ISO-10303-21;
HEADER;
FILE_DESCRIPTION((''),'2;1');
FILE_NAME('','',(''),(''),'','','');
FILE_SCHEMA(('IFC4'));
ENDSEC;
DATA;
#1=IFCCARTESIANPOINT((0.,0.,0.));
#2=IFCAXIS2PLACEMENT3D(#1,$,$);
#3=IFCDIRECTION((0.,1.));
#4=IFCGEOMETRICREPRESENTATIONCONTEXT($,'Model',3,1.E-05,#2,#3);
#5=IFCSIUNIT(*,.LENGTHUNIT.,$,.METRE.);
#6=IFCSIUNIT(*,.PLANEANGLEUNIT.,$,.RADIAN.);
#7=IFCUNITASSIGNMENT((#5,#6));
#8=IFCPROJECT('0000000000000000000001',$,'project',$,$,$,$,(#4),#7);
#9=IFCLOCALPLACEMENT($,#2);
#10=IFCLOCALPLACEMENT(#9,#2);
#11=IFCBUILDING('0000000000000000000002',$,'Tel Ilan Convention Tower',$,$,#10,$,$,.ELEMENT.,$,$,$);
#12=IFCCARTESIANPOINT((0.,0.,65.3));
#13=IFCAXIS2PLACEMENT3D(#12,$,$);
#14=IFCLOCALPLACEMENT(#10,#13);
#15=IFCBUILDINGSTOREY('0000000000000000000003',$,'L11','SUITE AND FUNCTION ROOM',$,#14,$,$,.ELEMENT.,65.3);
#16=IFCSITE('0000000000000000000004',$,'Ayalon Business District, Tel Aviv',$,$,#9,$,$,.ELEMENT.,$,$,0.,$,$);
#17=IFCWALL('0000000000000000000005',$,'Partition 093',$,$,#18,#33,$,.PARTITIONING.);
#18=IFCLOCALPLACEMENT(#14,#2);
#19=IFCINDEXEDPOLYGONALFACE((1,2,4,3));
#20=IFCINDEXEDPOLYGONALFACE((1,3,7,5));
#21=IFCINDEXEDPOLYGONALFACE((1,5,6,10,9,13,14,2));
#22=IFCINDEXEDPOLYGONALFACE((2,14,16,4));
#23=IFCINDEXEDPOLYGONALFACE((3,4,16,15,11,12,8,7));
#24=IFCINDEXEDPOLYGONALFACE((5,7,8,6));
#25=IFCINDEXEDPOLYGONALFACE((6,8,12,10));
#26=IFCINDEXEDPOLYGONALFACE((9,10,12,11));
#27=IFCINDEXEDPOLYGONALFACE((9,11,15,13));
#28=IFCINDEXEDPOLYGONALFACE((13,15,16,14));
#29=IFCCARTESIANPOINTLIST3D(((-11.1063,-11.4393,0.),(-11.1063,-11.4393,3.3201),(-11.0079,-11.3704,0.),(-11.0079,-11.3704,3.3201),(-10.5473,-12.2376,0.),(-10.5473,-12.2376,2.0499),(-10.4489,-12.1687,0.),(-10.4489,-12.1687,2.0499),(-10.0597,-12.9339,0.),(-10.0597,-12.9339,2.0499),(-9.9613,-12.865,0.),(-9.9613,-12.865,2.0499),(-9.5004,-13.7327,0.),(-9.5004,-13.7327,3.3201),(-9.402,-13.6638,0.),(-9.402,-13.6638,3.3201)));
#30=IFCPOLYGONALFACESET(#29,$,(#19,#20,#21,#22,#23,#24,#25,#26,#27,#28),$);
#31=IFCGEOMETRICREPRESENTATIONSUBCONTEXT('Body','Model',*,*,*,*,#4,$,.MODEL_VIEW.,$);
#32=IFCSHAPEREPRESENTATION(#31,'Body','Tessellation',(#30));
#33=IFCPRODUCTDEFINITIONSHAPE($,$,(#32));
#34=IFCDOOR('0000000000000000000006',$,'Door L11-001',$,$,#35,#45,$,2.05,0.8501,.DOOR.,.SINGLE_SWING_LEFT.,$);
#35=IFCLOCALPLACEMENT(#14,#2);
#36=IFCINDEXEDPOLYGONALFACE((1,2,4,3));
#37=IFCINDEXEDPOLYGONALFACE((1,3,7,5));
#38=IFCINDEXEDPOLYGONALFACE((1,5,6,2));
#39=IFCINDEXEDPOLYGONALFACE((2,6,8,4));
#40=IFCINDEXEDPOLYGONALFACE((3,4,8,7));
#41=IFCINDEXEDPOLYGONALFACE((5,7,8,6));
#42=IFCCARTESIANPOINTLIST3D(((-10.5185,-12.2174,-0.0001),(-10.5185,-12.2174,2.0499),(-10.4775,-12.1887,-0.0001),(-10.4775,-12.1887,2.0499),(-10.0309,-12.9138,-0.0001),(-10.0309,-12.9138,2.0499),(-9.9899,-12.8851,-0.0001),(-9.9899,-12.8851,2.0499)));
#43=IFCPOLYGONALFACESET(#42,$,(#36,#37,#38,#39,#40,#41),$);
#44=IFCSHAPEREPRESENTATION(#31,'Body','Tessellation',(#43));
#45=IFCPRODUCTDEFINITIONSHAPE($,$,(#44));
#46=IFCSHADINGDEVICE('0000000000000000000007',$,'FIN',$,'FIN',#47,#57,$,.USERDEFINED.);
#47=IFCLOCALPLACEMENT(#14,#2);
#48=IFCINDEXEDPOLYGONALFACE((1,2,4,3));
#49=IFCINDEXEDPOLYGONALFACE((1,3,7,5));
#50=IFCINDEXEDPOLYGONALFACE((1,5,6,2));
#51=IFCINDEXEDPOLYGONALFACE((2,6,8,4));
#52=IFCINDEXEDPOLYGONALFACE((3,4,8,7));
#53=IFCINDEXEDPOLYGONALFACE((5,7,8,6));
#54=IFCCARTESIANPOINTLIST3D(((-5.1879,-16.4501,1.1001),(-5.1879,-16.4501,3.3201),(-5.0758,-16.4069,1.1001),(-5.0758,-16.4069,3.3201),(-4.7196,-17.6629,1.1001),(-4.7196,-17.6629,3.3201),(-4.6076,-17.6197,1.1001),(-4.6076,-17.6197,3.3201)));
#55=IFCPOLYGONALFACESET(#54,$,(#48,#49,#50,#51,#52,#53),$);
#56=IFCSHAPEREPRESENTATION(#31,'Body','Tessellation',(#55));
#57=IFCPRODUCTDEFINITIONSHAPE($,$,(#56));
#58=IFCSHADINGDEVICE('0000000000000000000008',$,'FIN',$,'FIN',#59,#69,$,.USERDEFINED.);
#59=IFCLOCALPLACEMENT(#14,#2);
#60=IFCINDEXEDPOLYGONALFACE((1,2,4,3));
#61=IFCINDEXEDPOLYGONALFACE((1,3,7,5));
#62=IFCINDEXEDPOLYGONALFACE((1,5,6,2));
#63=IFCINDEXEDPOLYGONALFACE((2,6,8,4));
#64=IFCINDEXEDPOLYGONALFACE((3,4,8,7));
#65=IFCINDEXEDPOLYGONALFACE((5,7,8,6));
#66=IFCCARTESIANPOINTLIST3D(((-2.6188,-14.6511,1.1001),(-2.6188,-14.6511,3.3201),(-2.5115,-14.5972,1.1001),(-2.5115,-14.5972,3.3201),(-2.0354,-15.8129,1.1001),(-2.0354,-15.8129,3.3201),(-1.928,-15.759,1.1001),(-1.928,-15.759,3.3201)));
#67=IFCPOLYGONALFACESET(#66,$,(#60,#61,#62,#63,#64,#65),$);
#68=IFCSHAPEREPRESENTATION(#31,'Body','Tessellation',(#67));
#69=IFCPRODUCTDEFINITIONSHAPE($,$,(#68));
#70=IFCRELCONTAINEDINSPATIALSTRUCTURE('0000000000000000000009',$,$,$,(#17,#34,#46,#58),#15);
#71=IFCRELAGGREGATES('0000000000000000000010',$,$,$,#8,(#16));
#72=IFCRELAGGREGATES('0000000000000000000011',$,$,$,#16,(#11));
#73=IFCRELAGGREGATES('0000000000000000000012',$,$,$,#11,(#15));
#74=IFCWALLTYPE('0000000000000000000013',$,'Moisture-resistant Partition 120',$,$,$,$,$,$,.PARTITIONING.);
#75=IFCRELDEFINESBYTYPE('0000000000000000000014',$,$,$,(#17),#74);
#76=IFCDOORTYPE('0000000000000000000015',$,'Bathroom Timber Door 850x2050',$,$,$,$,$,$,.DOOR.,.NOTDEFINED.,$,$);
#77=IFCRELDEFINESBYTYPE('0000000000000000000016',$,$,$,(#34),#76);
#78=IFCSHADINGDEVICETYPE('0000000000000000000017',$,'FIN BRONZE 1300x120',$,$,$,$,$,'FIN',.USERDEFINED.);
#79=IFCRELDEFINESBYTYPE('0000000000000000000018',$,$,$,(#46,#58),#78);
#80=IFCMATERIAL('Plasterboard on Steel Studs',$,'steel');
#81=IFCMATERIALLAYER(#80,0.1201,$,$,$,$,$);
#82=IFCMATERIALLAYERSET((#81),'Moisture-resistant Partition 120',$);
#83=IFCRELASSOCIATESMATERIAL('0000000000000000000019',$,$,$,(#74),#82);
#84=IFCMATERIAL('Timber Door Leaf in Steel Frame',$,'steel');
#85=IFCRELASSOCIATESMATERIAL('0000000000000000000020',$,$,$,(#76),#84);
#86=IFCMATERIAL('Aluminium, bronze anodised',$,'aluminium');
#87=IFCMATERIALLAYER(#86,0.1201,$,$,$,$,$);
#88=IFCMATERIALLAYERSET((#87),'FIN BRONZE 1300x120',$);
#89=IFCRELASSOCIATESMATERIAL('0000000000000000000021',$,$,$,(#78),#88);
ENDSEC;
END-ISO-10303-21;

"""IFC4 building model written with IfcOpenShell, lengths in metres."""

from ifc_helpers import new_model, si_unit, direction, frame, frame_2d, origin, origin_2d, place, context, subcontext, project, spatial, rectangle, extrude, material, layer, layer_set, type_object, element, fill, save


model = new_model("IFC4")

# Units and contexts
model_context = context("Model", 3, precision=1e-05, world=origin(), true_north=direction((0.0, 1.0)))
body_context = subcontext(model_context, "Body", "Model", "MODEL_VIEW")
ifc_project = project(units=[si_unit("LENGTHUNIT", "METRE"), si_unit("PLANEANGLEUNIT", "RADIAN")], contexts=[model_context])

# Site, building, storey
site_placement = place(None, origin())
site = spatial("IfcSite", under=ifc_project, at=site_placement, Name="Ayalon Business District, Tel Aviv", CompositionType="ELEMENT", RefElevation=0.0)
building_placement = place(site_placement, origin())
building = spatial("IfcBuilding", under=site, at=building_placement, Name="Tel Ilan Convention Tower", CompositionType="ELEMENT")
storey_placement = place(building_placement, frame((0.0, 0.0, 65.3)))
storey = spatial("IfcBuildingStorey", under=building, at=storey_placement, Name="L11", Description="SUITE AND FUNCTION ROOM", CompositionType="ELEMENT", Elevation=65.3)

# Shared definitions
ifc_material_1 = material(Name="Plasterboard on Steel Studs", Category="steel")
ifc_layer_1 = layer(ifc_material_1, 0.1201)
ifc_layer_set_1 = layer_set([ifc_layer_1], Name="Moisture-resistant Partition 120")
wall_type_1 = type_object("IfcWallType", Name="Moisture-resistant Partition 120", PredefinedType="PARTITIONING", material=ifc_layer_set_1)

# Wall, opening, door
wall_1_placement = place(storey_placement, frame((-9.4512, -13.6982, 0.0), z_axis=(0.0, 0.0, 1.0), x_axis=(-0.573591, 0.819142, 0.0)))
wall_1 = element("IfcWall", 1, at=wall_1_placement, inside=storey, type_object=wall_type_1, Name="Partition 093", PredefinedType="PARTITIONING", context=body_context, shape_type="SweptSolid", body=[
    extrude(rectangle(XDim=2.7998, YDim=0.1201, at=frame_2d((1.3999, 0.0))), origin(), (0.0, 0.0, 1.0), 3.3201),
])
opening_1_placement = place(wall_1_placement, frame((0.9751, 0.0, 0.0)))
opening_1 = element("IfcOpeningElement", 2, at=opening_1_placement, cuts=wall_1, PredefinedType="OPENING", context=body_context, shape_type="SweptSolid", body=[
    extrude(rectangle(XDim=0.8501, YDim=2.05, at=frame_2d((0.425, 1.0249))), frame((0.0, 0.0701, 0.0), z_axis=(0.0, -1.0, 0.0), x_axis=(1.0, 0.0, 0.0)), (0.0, 0.0, 1.0), 0.1401),
])
ifc_material_2 = material(Name="Timber Door Leaf in Steel Frame", Category="steel")
door_type_1 = type_object("IfcDoorType", Name="Bathroom Timber Door 850x2050", OperationType="NOTDEFINED", PredefinedType="DOOR", material=ifc_material_2)
door_1_placement = place(opening_1_placement, origin())
door_1 = element("IfcDoor", 3, at=door_1_placement, inside=storey, type_object=door_type_1, Name="Door L11-001", OperationType="SINGLE_SWING_LEFT", OverallHeight=2.05, OverallWidth=0.8501, PredefinedType="DOOR", context=body_context, shape_type="SweptSolid", body=[
    extrude(rectangle(XDim=0.8501, YDim=2.05, at=frame_2d((0.425, 1.0249))), frame((0.0, 0.0249, 0.0), z_axis=(0.0, -1.0, 0.0), x_axis=(1.0, 0.0, 0.0)), (0.0, 0.0, 1.0), 0.05),
])
fill(opening_1, door_1)

# Shading devices
ifc_material_3 = material(Name="Aluminium, bronze anodised", Category="aluminium")
ifc_layer_2 = layer(ifc_material_3, 0.1201)
ifc_layer_set_2 = layer_set([ifc_layer_2], Name="FIN BRONZE 1300x120")
shading_device_type = type_object("IfcShadingDeviceType", Name="FIN BRONZE 1300x120", ElementType="FIN", PredefinedType="USERDEFINED", material=ifc_layer_set_2)
for number, where, z_axis, x_axis, name in (
    (4, (-4.8977, -17.0349, 1.1001), (0.0, 0.0, 1.0), (0.360178, -0.932884, 0.0), "FIN"),
    (5, (-2.2734, -15.2051, 1.1001), (0.0, 0.0, 1.0), (0.448799, -0.893633, 0.0), "FIN"),
):
    element("IfcShadingDevice", number, at=place(storey_placement, frame(where, z_axis=z_axis, x_axis=x_axis)), inside=storey, type_object=shading_device_type, Name=name, ObjectType="FIN", PredefinedType="USERDEFINED", context=body_context, shape_type="SweptSolid", body=[
        extrude(rectangle(XDim=1.3, YDim=0.1201, at=origin_2d()), origin(), (0.0, 0.0, 1.0), 2.22),
    ])

save(model, "model.ifc")
